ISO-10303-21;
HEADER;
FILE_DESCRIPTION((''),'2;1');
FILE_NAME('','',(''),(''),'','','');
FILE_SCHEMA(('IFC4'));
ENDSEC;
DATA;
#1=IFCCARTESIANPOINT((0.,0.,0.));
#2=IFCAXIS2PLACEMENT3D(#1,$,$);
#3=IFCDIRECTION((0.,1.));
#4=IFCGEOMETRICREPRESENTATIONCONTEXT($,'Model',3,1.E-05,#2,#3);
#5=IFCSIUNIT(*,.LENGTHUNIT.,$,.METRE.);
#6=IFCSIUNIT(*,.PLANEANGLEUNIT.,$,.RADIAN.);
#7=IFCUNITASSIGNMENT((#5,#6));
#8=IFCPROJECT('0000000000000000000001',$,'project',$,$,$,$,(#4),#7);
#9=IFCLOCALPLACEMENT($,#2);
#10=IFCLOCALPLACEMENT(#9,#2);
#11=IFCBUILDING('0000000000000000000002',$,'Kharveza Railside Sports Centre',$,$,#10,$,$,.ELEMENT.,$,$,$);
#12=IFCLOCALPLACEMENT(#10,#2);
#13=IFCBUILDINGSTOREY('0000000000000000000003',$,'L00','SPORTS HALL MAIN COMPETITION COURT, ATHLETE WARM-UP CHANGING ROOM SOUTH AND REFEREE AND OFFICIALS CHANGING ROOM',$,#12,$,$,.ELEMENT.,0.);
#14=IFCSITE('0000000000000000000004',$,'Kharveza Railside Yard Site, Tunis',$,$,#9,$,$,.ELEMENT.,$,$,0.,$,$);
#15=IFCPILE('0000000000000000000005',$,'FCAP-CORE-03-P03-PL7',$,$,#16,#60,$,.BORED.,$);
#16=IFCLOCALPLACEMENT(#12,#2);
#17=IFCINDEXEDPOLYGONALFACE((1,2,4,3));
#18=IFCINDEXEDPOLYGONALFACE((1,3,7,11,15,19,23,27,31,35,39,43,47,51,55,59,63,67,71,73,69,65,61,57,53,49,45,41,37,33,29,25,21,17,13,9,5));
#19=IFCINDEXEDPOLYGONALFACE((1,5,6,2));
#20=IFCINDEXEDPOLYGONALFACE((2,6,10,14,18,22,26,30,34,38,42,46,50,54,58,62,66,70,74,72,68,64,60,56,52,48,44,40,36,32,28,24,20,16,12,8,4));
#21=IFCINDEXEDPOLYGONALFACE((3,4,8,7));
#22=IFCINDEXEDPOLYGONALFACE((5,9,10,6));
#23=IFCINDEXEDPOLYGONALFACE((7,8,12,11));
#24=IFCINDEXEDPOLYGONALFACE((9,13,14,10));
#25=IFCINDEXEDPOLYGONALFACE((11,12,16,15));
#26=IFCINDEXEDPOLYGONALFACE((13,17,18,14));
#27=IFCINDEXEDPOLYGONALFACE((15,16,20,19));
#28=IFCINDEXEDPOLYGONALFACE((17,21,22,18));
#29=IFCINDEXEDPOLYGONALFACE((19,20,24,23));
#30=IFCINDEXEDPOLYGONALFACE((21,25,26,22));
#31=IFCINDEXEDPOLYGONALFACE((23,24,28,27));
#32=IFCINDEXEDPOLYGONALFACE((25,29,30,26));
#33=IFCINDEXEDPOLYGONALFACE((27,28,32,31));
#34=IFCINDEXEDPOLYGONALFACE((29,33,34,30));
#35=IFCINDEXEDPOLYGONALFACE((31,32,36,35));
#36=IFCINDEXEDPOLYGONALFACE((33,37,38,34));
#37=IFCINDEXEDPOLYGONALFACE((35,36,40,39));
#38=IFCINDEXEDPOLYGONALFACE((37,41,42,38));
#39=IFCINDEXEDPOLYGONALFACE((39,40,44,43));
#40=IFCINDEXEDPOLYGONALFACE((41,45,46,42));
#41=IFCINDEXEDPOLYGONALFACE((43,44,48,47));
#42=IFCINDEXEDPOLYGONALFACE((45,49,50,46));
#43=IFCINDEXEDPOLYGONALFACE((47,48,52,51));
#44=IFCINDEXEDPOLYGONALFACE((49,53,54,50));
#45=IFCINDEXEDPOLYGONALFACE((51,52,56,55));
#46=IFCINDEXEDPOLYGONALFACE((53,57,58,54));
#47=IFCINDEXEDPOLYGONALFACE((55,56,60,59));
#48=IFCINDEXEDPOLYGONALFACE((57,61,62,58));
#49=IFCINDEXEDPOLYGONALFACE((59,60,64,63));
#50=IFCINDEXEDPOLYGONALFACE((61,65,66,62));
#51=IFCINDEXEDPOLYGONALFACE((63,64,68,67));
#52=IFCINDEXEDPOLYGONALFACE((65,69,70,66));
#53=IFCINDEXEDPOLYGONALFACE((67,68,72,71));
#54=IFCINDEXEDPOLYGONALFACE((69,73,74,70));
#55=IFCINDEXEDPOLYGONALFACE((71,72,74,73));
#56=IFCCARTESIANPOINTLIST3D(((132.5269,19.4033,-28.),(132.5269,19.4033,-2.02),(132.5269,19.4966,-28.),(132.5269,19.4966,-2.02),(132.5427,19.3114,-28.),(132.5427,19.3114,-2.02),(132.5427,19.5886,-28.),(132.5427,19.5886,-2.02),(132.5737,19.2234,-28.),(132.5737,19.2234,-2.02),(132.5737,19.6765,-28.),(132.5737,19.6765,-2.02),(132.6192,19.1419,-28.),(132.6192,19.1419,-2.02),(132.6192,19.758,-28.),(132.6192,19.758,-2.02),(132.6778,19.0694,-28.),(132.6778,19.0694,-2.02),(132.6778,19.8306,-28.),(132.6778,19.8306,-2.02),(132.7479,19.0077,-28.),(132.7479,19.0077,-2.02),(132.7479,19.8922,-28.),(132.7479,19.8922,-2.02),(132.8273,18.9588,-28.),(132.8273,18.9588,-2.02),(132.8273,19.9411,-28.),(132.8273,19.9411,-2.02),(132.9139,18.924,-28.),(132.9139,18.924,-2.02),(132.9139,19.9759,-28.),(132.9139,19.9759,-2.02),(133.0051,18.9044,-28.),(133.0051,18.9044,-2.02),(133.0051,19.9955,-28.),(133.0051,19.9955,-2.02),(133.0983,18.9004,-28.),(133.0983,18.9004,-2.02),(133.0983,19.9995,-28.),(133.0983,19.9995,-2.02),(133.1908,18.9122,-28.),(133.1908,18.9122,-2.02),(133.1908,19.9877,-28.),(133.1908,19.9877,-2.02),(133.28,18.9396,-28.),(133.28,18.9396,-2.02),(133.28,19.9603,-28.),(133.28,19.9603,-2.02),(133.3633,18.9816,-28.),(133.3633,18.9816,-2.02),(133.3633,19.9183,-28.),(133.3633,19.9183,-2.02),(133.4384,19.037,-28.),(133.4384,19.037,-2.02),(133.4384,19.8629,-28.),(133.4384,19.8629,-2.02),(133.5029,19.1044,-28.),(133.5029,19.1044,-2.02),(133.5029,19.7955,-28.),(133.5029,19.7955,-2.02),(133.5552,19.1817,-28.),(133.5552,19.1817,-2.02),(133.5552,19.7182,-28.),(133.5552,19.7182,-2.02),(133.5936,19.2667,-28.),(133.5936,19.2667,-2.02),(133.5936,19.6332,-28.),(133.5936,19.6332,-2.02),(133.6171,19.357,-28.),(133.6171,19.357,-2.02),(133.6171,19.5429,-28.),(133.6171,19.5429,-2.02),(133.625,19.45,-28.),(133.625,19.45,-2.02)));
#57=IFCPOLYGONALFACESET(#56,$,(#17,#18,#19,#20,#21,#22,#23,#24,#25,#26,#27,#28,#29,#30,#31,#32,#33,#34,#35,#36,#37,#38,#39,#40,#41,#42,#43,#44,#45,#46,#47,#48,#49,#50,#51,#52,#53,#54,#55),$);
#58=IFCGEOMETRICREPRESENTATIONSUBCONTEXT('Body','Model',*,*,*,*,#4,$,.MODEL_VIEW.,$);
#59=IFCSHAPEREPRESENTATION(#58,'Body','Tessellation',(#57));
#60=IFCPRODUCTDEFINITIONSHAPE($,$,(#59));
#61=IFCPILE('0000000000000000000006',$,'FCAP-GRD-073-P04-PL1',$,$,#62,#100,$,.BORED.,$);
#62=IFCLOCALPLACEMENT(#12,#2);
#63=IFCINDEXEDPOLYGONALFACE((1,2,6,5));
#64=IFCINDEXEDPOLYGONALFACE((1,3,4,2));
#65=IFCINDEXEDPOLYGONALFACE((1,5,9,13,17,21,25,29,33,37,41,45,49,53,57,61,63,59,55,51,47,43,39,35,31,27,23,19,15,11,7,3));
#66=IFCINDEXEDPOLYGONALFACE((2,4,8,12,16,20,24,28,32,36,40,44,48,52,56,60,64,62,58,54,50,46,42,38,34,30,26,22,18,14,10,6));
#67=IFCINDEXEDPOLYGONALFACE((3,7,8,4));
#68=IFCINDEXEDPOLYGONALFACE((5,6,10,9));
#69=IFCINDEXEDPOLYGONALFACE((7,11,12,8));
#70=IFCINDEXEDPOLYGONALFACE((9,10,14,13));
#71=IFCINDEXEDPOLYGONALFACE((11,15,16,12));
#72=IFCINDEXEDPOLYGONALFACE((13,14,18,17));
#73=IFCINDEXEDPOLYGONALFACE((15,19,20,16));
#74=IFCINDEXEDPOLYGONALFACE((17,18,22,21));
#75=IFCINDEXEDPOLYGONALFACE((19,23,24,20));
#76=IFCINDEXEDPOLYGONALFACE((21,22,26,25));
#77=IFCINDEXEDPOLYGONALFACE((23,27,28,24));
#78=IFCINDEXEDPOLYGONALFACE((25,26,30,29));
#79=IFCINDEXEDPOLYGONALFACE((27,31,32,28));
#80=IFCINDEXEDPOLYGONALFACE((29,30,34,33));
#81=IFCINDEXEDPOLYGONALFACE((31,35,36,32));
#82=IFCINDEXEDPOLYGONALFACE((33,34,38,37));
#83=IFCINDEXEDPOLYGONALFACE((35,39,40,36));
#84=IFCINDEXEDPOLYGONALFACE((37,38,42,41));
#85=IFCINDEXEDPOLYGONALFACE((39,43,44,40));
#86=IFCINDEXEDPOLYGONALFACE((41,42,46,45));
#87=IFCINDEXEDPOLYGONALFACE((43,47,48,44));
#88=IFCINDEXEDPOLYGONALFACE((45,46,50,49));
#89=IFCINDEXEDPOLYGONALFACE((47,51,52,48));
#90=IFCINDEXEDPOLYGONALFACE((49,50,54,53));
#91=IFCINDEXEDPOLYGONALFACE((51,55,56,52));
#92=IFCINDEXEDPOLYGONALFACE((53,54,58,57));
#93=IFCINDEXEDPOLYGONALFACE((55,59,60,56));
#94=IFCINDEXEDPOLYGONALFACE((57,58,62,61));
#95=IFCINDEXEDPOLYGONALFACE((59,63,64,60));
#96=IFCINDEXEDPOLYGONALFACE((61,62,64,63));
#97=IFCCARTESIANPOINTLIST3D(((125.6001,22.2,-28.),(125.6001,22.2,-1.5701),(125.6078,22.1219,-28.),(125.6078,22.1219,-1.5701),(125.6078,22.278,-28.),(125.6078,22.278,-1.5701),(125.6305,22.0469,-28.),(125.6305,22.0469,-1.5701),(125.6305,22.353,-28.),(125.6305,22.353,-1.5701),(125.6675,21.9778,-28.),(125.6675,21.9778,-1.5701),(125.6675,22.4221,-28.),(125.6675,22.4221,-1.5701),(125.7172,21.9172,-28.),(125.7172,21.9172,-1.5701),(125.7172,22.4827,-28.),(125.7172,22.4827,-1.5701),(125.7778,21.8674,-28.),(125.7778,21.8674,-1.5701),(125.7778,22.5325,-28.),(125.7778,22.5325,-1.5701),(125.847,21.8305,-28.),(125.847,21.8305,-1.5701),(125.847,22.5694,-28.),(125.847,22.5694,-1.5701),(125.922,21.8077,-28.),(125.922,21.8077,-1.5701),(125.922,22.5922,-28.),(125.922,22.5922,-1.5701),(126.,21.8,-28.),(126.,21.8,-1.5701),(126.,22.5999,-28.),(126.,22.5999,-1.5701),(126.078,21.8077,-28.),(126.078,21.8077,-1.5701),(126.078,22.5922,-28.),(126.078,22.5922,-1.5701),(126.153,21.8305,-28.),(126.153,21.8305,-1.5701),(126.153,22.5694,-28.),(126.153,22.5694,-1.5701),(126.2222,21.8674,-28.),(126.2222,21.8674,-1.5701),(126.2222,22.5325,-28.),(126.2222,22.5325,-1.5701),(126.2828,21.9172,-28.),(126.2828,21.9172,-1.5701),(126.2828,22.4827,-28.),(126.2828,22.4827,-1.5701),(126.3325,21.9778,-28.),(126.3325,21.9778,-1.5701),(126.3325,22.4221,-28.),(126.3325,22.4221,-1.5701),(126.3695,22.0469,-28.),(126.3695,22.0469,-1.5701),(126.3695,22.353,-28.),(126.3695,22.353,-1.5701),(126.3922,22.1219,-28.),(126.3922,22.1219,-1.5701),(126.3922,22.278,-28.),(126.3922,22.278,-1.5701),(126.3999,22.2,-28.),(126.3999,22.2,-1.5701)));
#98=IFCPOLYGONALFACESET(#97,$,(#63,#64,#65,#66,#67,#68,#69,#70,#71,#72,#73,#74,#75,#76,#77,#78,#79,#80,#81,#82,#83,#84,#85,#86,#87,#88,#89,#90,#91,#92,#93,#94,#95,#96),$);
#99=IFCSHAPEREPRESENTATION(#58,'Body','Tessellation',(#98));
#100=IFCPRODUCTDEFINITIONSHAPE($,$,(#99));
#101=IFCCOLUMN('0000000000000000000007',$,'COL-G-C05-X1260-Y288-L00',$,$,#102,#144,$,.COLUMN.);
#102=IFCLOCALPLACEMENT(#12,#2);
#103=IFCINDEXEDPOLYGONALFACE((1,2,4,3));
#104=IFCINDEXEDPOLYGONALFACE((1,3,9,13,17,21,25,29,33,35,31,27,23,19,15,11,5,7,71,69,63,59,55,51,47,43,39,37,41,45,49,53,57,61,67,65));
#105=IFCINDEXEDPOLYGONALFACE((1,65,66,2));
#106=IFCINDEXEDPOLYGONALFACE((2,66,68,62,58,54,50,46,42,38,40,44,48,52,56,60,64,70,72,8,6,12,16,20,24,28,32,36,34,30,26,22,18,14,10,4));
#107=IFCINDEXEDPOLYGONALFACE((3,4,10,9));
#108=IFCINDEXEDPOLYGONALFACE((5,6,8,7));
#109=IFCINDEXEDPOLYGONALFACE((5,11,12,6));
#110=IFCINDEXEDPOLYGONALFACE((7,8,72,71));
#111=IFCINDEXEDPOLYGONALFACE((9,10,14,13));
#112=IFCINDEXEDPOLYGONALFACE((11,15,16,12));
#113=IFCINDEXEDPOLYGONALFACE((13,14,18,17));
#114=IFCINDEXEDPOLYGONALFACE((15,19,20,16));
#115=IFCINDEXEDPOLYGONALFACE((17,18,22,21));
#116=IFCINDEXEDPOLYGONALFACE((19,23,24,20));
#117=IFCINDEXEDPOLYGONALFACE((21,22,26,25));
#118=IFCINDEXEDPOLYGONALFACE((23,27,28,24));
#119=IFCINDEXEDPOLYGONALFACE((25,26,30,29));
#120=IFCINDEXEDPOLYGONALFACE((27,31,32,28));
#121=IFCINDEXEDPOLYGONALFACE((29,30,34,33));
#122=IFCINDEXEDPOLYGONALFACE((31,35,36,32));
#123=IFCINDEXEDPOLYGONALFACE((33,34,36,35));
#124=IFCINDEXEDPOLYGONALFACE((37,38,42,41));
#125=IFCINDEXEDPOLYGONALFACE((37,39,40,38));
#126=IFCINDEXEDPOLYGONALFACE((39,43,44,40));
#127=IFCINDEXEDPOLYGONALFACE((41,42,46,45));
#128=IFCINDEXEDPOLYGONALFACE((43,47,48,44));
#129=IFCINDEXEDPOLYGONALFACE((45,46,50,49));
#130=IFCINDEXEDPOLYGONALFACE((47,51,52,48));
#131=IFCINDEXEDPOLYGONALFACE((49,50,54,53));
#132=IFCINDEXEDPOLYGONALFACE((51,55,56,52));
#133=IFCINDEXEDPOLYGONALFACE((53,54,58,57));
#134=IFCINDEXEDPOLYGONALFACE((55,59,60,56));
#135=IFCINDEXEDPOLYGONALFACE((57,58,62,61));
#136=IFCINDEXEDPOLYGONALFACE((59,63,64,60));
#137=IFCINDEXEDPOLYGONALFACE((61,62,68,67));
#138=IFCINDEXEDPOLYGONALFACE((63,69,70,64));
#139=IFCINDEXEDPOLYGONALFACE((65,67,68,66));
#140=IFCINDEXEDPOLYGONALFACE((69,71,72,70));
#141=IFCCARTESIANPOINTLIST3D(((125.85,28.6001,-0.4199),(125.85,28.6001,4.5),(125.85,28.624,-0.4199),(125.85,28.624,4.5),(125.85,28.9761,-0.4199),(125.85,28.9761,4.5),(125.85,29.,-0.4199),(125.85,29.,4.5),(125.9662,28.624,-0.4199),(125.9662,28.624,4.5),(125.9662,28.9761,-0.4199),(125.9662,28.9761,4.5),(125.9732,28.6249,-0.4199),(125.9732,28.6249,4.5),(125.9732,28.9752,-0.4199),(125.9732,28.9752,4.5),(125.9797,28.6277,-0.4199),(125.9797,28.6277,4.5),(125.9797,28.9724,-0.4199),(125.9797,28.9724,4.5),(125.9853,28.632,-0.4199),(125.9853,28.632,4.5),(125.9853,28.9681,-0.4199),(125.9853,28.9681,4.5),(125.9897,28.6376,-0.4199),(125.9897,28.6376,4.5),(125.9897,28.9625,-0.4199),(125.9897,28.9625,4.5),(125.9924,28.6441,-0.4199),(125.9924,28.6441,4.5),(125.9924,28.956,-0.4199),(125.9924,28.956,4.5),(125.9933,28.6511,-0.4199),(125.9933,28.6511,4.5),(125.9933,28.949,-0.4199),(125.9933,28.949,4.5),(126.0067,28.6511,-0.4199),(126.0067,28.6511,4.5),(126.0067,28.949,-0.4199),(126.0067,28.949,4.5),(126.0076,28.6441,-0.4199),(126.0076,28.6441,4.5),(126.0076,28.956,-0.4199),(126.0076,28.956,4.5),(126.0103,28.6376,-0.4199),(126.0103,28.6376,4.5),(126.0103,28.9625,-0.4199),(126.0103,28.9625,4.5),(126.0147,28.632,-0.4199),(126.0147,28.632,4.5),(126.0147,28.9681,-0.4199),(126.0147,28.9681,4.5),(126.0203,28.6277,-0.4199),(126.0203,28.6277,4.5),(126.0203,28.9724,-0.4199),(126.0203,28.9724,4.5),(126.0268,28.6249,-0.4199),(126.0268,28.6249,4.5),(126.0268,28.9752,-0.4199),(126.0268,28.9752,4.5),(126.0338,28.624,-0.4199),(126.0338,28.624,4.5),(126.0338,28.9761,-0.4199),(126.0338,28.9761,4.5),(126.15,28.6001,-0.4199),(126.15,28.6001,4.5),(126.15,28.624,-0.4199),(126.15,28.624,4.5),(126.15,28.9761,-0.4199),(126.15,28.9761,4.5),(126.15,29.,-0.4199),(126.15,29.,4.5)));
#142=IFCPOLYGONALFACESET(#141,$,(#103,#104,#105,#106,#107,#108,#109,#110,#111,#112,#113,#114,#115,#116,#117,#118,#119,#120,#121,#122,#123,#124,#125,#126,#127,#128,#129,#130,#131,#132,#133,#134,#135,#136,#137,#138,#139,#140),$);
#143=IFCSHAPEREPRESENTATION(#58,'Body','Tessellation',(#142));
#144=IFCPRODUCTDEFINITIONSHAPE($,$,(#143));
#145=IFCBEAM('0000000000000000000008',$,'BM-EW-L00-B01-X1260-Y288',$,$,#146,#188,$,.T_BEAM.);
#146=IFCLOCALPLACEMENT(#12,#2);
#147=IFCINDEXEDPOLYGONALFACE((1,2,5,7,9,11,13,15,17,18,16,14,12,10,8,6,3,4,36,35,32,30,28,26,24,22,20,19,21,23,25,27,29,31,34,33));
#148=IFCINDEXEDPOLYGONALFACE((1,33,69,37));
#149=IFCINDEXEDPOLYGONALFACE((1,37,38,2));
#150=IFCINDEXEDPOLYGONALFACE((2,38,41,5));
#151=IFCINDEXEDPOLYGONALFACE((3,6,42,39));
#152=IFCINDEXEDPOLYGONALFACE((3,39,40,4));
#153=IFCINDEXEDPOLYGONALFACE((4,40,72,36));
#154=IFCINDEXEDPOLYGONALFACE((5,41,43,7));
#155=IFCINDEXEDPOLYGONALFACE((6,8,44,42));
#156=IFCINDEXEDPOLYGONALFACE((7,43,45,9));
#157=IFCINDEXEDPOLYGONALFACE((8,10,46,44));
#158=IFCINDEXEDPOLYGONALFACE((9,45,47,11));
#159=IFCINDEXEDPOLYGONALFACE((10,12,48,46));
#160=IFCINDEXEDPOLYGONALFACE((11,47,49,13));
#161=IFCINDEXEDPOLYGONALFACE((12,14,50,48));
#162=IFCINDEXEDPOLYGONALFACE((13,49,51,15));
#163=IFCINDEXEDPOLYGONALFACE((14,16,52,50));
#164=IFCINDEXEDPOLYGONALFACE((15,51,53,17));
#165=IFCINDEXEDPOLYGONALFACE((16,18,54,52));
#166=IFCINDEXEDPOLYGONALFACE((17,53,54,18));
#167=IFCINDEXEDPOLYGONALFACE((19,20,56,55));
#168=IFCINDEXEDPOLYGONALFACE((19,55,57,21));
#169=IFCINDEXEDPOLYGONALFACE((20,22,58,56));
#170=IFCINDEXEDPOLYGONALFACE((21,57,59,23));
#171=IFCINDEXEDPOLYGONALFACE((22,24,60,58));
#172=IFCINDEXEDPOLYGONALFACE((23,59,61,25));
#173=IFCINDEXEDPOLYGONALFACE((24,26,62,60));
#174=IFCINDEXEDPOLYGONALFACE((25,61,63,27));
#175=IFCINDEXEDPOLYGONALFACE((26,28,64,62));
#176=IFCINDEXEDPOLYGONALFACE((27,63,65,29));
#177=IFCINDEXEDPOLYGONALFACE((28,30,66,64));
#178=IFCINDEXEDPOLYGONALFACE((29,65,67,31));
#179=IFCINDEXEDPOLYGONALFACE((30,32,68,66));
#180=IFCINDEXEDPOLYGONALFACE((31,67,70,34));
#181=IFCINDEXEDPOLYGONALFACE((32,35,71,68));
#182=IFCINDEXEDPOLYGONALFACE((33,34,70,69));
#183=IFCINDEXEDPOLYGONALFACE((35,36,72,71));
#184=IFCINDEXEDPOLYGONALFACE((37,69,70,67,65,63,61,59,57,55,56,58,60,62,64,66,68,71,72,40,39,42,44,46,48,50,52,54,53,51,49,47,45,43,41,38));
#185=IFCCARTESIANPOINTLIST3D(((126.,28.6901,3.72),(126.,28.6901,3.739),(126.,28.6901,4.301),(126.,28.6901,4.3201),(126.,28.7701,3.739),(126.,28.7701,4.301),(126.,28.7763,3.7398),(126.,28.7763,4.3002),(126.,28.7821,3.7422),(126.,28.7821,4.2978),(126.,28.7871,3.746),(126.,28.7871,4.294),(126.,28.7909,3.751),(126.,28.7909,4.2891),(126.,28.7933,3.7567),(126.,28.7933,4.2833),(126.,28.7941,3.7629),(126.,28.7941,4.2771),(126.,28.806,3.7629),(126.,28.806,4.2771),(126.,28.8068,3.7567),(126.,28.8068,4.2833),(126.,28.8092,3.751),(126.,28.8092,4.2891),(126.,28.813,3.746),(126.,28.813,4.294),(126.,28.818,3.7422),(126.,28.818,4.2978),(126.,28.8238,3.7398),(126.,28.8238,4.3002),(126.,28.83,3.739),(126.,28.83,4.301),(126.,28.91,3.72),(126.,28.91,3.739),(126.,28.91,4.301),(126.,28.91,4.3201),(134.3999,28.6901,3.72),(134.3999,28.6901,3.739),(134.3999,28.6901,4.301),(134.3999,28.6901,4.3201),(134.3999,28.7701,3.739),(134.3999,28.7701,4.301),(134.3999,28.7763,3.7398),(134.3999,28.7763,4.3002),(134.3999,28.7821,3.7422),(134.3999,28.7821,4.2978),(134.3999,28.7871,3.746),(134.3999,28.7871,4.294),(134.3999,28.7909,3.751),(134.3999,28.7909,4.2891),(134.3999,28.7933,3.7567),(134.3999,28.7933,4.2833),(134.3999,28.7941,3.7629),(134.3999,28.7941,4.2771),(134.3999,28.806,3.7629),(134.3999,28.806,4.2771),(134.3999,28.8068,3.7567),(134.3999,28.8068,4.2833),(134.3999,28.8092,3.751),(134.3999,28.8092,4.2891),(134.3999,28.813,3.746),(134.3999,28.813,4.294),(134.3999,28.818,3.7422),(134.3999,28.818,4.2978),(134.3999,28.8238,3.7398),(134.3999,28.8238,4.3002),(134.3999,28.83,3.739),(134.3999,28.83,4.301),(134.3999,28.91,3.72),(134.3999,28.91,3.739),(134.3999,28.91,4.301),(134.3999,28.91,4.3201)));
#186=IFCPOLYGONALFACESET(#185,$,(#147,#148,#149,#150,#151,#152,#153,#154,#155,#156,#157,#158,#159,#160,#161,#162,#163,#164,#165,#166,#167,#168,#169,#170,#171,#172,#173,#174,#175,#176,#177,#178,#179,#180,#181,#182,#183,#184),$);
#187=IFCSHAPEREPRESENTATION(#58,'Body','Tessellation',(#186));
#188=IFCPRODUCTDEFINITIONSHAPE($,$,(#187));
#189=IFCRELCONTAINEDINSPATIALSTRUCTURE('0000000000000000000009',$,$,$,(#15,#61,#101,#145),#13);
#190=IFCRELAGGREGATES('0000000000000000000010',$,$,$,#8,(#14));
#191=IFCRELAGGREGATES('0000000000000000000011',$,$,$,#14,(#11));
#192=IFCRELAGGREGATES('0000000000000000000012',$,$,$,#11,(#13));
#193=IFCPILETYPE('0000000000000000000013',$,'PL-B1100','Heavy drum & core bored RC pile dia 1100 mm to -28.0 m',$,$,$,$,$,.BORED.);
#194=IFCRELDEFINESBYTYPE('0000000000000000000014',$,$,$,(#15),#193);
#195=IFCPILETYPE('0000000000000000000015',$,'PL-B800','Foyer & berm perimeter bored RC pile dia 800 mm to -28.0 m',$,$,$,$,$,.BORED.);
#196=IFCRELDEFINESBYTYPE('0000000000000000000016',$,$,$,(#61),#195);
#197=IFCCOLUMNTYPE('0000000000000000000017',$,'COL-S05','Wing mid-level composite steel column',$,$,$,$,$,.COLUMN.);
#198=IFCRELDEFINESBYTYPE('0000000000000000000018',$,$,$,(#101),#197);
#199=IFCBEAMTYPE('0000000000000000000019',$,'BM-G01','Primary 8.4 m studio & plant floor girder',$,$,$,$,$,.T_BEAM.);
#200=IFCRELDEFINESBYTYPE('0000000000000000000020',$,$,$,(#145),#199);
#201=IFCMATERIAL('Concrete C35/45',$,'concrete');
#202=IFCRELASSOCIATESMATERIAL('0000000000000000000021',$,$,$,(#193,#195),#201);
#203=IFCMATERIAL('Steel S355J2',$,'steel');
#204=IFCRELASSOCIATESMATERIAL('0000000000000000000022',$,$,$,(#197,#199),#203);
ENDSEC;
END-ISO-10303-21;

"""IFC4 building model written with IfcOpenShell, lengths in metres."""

from ifc_helpers import new_model, si_unit, direction, frame, origin, origin_2d, place, context, subcontext, project, spatial, circle, i_section, extrude, material, material_profile, profile_set, type_object, element, save


model = new_model("IFC4")

# Units and contexts
model_context = context("Model", 3, precision=1e-05, world=origin(), true_north=direction((0.0, 1.0)))
body_context = subcontext(model_context, "Body", "Model", "MODEL_VIEW")
ifc_project = project(units=[si_unit("LENGTHUNIT", "METRE"), si_unit("PLANEANGLEUNIT", "RADIAN")], contexts=[model_context])

# Site, building, storey
site_placement = place(None, origin())
site = spatial("IfcSite", under=ifc_project, at=site_placement, Name="Kharveza Railside Yard Site, Tunis", CompositionType="ELEMENT", RefElevation=0.0)
building_placement = place(site_placement, origin())
building = spatial("IfcBuilding", under=site, at=building_placement, Name="Kharveza Railside Sports Centre", CompositionType="ELEMENT")
storey_placement = place(building_placement, origin())
storey = spatial("IfcBuildingStorey", under=building, at=storey_placement, Name="L00", Description="SPORTS HALL MAIN COMPETITION COURT, ATHLETE WARM-UP CHANGING ROOM SOUTH AND REFEREE AND OFFICIALS CHANGING ROOM", CompositionType="ELEMENT", Elevation=0.0)

# Shared definitions
ifc_material_1 = material(Name="Concrete C35/45", Category="concrete")

# Piles
ifc_material_profile_1 = material_profile(ifc_material_1, circle(Radius=0.55, at=origin_2d()), Name="PILE D1100")
ifc_profile_set_1 = profile_set([ifc_material_profile_1], Name="Concrete C35/45")
pile_type_1 = type_object("IfcPileType", Name="PL-B1100", Description="Heavy drum & core bored RC pile dia 1100 mm to -28.0 m", PredefinedType="BORED", material=ifc_profile_set_1)
for number, where, z_axis, x_axis, name in (
    (1, (133.075, 19.45, -2.02), (0.0, 0.0, -1.0), (1.0, 0.0, 0.0), "FCAP-CORE-03-P03-PL7"),
):
    element("IfcPile", number, at=place(storey_placement, frame(where, z_axis=z_axis, x_axis=x_axis)), inside=storey, type_object=pile_type_1, Name=name, PredefinedType="BORED", context=body_context, shape_type="SweptSolid", body=[
        extrude(circle(Radius=0.55, at=origin_2d()), origin(), (0.0, 0.0, 1.0), 25.98),
    ])
ifc_material_profile_2 = material_profile(ifc_material_1, circle(Radius=0.3999, at=origin_2d()), Name="PILE D800")
ifc_profile_set_2 = profile_set([ifc_material_profile_2], Name="Concrete C35/45")
pile_type_2 = type_object("IfcPileType", Name="PL-B800", Description="Foyer & berm perimeter bored RC pile dia 800 mm to -28.0 m", PredefinedType="BORED", material=ifc_profile_set_2)
pile_placement = place(storey_placement, frame((126.0, 22.2, -1.5701), z_axis=(0.0, 0.0, -1.0), x_axis=(1.0, 0.0, 0.0)))
element("IfcPile", 2, at=pile_placement, inside=storey, type_object=pile_type_2, Name="FCAP-GRD-073-P04-PL1", PredefinedType="BORED", context=body_context, shape_type="SweptSolid", body=[
    extrude(circle(Radius=0.3999, at=origin_2d()), origin(), (0.0, 0.0, 1.0), 26.4299),
])

# Column
ifc_material_2 = material(Name="Steel S355J2", Category="steel")
ifc_material_profile_3 = material_profile(ifc_material_2, i_section(OverallWidth=0.3, OverallDepth=0.3999, WebThickness=0.0134, FlangeThickness=0.0239, FilletRadius=0.0271, at=origin_2d()), Name="HEB 400")
ifc_profile_set_3 = profile_set([ifc_material_profile_3], Name="Steel S355J2")
column_type = type_object("IfcColumnType", Name="COL-S05", Description="Wing mid-level composite steel column", PredefinedType="COLUMN", material=ifc_profile_set_3)
column_placement = place(storey_placement, frame((126.0, 28.8, -0.4199), z_axis=(0.0, 0.0, 1.0), x_axis=(1.0, 0.0, 0.0)))
element("IfcColumn", 3, at=column_placement, inside=storey, type_object=column_type, Name="COL-G-C05-X1260-Y288-L00", PredefinedType="COLUMN", context=body_context, shape_type="SweptSolid", body=[
    extrude(i_section(OverallWidth=0.3, OverallDepth=0.3999, WebThickness=0.0134, FlangeThickness=0.0239, FilletRadius=0.0271, at=origin_2d()), origin(), (0.0, 0.0, 1.0), 4.9199),
])

# Beam
ifc_material_profile_4 = material_profile(ifc_material_2, i_section(OverallWidth=0.22, OverallDepth=0.6001, WebThickness=0.012, FlangeThickness=0.019, FilletRadius=0.0239, at=origin_2d()), Name="IPE 600")
ifc_profile_set_4 = profile_set([ifc_material_profile_4], Name="Steel S355J2")
beam_type_1 = type_object("IfcBeamType", Name="BM-G01", Description="Primary 8.4 m studio & plant floor girder", PredefinedType="T_BEAM", material=ifc_profile_set_4)
beam_1_placement = place(storey_placement, frame((126.0, 28.8, 4.02), z_axis=(1.0, 0.0, 0.0), x_axis=(0.0, 1.0, 0.0)))
element("IfcBeam", 4, at=beam_1_placement, inside=storey, type_object=beam_type_1, Name="BM-EW-L00-B01-X1260-Y288", PredefinedType="T_BEAM", context=body_context, shape_type="SweptSolid", body=[
    extrude(i_section(OverallWidth=0.22, OverallDepth=0.6001, WebThickness=0.012, FlangeThickness=0.019, FilletRadius=0.0239, at=origin_2d()), origin(), (0.0, 0.0, 1.0), 8.3999),
])

save(model, "model.ifc")
